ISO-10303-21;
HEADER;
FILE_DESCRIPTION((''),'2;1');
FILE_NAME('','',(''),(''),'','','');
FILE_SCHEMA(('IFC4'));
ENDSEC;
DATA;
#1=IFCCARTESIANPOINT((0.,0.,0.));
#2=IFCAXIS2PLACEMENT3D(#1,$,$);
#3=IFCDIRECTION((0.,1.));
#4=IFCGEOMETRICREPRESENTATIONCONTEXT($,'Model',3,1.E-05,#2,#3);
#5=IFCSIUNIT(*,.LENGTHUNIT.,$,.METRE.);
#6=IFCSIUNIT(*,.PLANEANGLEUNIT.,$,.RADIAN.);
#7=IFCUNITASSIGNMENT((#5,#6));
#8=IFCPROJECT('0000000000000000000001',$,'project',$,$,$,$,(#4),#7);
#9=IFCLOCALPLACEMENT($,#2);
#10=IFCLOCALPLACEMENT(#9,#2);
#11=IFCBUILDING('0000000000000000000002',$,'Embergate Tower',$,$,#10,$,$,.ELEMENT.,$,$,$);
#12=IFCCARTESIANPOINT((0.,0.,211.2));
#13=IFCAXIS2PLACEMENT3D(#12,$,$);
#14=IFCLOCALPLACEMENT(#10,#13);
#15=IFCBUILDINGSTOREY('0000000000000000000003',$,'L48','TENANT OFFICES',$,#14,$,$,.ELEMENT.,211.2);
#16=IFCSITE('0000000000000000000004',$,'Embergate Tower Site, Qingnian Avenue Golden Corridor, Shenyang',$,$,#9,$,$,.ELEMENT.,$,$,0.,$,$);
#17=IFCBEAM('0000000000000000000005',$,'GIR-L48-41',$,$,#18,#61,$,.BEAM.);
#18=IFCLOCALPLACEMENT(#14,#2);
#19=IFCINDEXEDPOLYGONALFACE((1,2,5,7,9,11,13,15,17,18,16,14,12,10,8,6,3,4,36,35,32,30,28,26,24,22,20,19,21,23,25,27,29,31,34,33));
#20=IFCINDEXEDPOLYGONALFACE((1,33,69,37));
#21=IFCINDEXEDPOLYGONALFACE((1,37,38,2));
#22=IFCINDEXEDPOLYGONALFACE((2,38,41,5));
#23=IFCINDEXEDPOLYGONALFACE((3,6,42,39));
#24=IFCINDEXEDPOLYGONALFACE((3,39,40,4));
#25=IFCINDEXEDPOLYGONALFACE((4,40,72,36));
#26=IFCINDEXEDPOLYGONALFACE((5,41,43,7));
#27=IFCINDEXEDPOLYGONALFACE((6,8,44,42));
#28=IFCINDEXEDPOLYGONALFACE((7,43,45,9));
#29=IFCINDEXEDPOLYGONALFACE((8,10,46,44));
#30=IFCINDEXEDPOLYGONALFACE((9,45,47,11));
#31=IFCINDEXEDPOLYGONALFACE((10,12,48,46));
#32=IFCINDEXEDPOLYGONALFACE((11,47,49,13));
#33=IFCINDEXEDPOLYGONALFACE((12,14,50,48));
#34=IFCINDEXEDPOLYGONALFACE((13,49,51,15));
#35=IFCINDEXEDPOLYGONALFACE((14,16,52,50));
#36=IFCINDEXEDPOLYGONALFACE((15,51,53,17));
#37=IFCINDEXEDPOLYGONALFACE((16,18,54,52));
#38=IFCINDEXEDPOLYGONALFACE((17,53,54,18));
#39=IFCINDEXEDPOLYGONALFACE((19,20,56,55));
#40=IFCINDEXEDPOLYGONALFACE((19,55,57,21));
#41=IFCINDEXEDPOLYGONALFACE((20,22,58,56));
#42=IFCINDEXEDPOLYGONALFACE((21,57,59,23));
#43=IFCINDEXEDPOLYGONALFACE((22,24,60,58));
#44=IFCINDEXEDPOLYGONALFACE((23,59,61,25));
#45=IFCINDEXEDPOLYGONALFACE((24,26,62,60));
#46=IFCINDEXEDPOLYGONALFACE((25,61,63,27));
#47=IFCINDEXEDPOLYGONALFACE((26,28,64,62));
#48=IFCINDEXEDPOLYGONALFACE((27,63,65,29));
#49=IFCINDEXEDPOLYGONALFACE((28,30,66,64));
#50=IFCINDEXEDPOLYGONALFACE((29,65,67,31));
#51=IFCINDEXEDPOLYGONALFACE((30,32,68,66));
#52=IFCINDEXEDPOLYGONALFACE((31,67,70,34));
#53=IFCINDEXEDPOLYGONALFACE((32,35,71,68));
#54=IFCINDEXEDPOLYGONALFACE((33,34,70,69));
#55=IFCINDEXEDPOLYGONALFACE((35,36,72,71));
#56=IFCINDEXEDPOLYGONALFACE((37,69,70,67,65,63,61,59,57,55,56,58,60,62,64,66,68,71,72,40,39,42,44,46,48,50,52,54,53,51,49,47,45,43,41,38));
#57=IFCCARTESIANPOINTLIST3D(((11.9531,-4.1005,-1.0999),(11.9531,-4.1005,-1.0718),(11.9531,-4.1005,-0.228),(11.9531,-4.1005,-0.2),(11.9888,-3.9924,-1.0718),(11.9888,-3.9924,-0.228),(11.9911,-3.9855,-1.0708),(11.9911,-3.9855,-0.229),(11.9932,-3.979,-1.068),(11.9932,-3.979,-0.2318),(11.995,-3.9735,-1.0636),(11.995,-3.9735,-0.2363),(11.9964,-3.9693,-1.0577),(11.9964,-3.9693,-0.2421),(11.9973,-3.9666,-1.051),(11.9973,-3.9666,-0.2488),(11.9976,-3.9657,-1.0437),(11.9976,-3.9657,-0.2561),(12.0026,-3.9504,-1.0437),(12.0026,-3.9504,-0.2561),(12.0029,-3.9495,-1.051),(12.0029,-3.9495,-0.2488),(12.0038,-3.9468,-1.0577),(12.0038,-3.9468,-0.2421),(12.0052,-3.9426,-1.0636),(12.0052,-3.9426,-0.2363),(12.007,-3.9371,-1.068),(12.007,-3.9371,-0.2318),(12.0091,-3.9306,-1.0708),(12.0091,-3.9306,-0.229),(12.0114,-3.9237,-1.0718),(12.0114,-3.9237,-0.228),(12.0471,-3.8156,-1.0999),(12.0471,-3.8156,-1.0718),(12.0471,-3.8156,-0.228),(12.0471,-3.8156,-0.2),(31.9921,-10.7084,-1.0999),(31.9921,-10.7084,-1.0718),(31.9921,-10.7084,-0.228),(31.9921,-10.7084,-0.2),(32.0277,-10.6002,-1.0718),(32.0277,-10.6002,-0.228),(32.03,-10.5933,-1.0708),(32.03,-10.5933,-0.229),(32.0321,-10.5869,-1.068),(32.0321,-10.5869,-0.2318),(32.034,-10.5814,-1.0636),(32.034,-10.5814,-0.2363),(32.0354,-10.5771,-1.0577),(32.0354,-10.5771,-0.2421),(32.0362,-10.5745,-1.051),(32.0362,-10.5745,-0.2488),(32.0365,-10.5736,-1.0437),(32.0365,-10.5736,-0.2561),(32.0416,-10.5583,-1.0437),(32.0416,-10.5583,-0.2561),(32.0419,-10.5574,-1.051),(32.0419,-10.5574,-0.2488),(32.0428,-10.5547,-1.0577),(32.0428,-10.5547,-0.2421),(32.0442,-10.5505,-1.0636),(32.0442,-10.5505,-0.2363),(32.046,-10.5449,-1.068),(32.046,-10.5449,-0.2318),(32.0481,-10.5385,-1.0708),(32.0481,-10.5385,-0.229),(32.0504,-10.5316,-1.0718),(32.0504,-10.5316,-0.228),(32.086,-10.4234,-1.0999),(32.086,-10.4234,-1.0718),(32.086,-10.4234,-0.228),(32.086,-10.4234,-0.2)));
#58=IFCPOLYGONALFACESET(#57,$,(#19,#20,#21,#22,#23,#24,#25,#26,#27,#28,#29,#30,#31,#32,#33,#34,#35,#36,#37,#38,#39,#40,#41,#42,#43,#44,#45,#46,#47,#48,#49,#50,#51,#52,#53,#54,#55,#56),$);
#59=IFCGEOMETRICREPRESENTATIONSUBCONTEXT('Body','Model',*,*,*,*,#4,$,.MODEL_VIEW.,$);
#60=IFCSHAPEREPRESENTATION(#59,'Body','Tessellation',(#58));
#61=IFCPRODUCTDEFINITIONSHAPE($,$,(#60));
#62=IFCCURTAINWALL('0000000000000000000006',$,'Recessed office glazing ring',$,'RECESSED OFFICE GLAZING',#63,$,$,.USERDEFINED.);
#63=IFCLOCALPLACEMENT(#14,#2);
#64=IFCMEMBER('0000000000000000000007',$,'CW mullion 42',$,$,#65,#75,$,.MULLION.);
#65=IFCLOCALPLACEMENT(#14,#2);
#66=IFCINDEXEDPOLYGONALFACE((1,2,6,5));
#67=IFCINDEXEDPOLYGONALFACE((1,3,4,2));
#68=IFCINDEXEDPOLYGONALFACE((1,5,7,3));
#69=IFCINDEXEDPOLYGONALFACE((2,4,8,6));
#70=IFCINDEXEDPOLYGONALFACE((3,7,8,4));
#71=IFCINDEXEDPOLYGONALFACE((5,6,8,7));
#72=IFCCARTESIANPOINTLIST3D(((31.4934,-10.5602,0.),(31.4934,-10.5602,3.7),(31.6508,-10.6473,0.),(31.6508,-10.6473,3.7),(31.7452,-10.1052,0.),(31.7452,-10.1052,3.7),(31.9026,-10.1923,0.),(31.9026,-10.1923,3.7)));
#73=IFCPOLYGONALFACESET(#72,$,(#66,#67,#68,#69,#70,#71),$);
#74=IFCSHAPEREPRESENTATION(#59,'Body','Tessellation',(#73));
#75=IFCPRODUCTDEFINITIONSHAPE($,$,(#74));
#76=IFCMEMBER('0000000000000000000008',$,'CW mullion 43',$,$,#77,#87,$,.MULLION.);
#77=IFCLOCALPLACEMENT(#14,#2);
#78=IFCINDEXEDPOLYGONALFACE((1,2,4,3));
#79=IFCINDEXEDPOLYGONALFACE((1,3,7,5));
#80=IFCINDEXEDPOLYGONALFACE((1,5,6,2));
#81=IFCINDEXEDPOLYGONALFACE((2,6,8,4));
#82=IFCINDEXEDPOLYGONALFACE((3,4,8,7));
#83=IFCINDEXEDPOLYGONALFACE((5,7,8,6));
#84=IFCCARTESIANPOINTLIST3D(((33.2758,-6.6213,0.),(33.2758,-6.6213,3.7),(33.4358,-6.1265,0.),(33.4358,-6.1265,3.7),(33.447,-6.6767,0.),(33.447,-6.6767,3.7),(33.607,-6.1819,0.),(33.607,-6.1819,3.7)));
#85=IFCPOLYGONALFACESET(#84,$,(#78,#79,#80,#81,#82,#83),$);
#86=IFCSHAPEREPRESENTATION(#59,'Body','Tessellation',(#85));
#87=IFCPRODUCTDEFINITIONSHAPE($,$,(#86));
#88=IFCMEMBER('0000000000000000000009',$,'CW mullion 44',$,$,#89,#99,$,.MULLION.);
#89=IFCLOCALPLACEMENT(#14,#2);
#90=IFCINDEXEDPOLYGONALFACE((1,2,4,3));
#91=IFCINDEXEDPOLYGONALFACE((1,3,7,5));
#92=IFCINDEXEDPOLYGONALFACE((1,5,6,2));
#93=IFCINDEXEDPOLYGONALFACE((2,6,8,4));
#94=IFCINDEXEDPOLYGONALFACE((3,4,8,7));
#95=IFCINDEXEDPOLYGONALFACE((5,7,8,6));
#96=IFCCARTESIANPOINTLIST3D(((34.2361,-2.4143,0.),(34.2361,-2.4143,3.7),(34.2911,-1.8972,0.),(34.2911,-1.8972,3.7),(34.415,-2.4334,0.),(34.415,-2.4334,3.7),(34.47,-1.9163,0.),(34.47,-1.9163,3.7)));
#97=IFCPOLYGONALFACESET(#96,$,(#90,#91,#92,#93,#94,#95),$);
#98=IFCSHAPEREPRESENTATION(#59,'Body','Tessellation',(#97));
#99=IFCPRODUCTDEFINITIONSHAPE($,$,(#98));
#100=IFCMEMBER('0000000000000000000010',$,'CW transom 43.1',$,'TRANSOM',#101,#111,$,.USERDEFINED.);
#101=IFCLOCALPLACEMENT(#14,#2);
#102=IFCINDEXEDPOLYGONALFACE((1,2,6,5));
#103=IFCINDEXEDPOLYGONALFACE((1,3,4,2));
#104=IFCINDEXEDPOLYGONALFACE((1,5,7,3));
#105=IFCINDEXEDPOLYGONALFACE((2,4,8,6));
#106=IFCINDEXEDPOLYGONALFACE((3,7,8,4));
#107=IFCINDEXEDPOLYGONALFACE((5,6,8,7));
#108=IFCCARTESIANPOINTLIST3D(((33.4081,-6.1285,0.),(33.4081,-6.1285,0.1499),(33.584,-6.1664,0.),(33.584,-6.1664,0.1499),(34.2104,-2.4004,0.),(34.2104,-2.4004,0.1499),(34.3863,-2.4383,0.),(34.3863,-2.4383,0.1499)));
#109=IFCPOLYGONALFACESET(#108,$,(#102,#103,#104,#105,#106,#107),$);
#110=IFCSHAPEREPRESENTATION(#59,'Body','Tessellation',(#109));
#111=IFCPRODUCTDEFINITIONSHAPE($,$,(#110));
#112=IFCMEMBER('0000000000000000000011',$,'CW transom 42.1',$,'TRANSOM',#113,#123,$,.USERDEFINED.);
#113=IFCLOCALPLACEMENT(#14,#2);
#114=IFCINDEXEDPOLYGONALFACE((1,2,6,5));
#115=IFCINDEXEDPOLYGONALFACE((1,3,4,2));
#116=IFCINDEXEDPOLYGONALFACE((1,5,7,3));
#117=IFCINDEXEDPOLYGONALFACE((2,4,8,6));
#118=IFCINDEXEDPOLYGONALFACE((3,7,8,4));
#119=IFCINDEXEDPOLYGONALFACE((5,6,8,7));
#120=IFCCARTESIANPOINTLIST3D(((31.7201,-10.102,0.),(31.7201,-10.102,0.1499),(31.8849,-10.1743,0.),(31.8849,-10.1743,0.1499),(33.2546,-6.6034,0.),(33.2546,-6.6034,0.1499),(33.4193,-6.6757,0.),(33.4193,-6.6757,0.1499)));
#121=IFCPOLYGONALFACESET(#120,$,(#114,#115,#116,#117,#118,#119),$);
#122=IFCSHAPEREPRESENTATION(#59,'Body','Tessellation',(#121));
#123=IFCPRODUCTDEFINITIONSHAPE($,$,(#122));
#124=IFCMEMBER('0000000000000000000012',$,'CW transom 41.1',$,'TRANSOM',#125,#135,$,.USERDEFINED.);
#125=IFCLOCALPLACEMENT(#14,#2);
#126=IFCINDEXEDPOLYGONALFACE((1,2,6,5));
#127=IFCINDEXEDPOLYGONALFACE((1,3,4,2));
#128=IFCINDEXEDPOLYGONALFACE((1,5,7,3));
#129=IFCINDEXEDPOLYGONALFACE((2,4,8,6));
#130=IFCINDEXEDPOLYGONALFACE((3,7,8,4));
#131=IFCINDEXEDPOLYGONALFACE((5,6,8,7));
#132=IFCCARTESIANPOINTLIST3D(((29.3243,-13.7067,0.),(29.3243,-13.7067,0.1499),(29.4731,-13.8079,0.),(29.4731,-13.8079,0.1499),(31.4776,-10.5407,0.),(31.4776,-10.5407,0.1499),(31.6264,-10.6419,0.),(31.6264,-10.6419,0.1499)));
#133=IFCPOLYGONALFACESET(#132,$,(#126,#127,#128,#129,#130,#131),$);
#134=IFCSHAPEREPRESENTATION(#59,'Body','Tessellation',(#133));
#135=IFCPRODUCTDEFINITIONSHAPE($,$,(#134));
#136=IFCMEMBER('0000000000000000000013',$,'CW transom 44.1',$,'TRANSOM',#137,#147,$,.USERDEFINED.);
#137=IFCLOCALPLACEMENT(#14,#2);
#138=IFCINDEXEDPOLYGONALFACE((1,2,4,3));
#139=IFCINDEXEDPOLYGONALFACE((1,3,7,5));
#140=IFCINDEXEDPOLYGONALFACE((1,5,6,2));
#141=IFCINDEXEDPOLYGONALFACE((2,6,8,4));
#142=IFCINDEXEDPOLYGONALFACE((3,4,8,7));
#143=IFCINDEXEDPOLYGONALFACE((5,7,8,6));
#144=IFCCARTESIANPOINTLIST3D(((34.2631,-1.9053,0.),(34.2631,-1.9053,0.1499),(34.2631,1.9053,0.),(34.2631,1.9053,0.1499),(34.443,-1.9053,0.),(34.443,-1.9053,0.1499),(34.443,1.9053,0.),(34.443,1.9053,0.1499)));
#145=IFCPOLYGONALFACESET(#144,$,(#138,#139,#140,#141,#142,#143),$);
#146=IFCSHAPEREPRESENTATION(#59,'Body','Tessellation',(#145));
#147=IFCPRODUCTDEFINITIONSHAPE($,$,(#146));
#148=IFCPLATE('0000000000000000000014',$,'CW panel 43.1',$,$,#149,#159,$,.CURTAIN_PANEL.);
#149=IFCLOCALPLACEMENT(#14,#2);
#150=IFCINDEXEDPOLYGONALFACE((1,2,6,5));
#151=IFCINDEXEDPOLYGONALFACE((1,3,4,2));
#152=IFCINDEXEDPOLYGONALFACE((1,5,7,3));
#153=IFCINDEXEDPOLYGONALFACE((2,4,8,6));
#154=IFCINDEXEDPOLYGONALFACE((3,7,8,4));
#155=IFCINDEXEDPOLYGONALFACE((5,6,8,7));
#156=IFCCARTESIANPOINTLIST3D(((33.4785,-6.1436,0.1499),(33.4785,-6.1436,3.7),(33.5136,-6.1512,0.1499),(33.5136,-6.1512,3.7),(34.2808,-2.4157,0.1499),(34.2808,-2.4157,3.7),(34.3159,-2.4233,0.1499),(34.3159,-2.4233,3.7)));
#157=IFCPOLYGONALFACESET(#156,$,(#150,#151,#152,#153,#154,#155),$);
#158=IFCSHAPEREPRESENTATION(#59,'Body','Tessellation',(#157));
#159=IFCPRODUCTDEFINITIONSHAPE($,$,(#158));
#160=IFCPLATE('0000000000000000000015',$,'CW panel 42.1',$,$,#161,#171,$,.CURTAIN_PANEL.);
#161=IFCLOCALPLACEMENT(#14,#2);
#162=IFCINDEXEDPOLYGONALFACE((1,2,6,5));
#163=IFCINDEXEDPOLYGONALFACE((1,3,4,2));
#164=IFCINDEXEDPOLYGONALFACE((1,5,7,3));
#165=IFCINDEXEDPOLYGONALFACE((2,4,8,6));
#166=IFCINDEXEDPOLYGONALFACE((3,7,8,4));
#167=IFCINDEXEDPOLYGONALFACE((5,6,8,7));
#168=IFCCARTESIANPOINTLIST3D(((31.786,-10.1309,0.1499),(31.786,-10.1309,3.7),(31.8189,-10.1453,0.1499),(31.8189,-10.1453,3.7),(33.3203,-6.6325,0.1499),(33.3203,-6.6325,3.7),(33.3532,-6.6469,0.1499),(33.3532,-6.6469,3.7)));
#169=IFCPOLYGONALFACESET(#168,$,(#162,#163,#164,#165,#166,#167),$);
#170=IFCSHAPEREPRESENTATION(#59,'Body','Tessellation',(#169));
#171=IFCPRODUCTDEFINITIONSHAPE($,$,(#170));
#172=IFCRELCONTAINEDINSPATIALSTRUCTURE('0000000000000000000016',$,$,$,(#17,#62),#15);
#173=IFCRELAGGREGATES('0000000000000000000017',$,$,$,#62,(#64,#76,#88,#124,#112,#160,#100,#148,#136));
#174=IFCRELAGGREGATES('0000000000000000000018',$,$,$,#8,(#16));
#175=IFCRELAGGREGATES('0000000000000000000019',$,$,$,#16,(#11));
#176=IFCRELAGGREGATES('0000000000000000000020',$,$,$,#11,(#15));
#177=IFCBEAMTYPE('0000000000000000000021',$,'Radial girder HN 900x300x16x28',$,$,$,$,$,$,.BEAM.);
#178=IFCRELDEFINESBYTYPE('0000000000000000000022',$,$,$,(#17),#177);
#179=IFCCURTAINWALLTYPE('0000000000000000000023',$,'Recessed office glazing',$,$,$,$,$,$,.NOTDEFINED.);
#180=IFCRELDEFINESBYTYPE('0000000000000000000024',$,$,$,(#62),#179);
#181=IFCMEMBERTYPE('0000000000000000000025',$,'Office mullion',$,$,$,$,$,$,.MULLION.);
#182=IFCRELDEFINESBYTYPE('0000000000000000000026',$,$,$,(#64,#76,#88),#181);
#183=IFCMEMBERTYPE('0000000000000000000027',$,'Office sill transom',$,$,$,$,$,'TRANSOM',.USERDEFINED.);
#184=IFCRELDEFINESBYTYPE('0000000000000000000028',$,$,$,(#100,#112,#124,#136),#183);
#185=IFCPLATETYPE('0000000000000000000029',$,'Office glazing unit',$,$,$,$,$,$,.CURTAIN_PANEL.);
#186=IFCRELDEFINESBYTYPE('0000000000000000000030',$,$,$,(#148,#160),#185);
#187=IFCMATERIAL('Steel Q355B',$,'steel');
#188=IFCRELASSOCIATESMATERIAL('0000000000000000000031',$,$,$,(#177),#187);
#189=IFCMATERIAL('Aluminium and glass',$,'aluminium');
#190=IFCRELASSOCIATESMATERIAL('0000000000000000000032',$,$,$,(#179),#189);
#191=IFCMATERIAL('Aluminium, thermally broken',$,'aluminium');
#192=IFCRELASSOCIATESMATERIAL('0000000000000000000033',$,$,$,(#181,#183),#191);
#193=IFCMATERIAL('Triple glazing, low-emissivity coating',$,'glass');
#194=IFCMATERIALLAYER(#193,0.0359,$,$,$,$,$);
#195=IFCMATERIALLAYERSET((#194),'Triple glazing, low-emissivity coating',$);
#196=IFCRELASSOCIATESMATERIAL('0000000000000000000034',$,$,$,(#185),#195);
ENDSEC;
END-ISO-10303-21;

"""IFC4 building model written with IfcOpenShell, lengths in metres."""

from ifc_helpers import new_model, si_unit, direction, frame, origin, origin_2d, place, context, subcontext, project, spatial, rectangle, i_section, extrude, source, transform, mapped, material, layer, layer_set, material_profile, profile_set, type_object, element, aggregate, save


model = new_model("IFC4")

# Units and contexts
model_context = context("Model", 3, precision=1e-05, world=origin(), true_north=direction((0.0, 1.0)))
body_context = subcontext(model_context, "Body", "Model", "MODEL_VIEW")
ifc_project = project(units=[si_unit("LENGTHUNIT", "METRE"), si_unit("PLANEANGLEUNIT", "RADIAN")], contexts=[model_context])

# Site, building, storey
site_placement = place(None, origin())
site = spatial("IfcSite", under=ifc_project, at=site_placement, Name="Embergate Tower Site, Qingnian Avenue Golden Corridor, Shenyang", CompositionType="ELEMENT", RefElevation=0.0)
building_placement = place(site_placement, origin())
building = spatial("IfcBuilding", under=site, at=building_placement, Name="Embergate Tower", CompositionType="ELEMENT")
storey_placement = place(building_placement, frame((0.0, 0.0, 211.2)))
storey = spatial("IfcBuildingStorey", under=building, at=storey_placement, Name="L48", Description="TENANT OFFICES", CompositionType="ELEMENT", Elevation=211.2)

# Beam
ifc_material_1 = material(Name="Steel Q355B", Category="steel")
ifc_material_profile_1 = material_profile(ifc_material_1, i_section(OverallWidth=0.3, OverallDepth=0.8999, WebThickness=0.0161, FlangeThickness=0.0281, FilletRadius=0.0281, at=origin_2d()), Name="HN 900x300x16x28")
ifc_profile_set_1 = profile_set([ifc_material_profile_1], Name="Steel Q355 grade B")
beam_type_1 = type_object("IfcBeamType", Name="Radial girder HN 900x300x16x28", PredefinedType="BEAM", material=ifc_profile_set_1)
shared_shape_1 = source(origin(), body_context, "Body", "SweptSolid", [
    extrude(i_section(OverallWidth=0.3, OverallDepth=0.8999, WebThickness=0.0161, FlangeThickness=0.0281, FilletRadius=0.0281, at=origin_2d()), origin(), (0.0, 0.0, 1.0), 21.1003),
])
beam_1_placement = place(storey_placement, frame((32.0391, -10.5659, -0.6499), z_axis=(-0.949699, 0.313165, 0.0), x_axis=(-0.313165, -0.949699, 0.0)))
element("IfcBeam", 1, at=beam_1_placement, inside=storey, type_object=beam_type_1, Name="GIR-L48-41", PredefinedType="BEAM", context=body_context, shape_type="MappedRepresentation", body=[
    mapped(shared_shape_1, transform((0.0, 0.0, 0.0))),
])

# Curtain wall, members, plates
ifc_material_2 = material(Name="Aluminium and glass", Category="aluminium")
curtain_wall_type = type_object("IfcCurtainWallType", Name="Recessed office glazing", PredefinedType="NOTDEFINED", material=ifc_material_2)
curtain_wall_placement = place(storey_placement, origin())
curtain_wall = element("IfcCurtainWall", 2, at=curtain_wall_placement, inside=storey, type_object=curtain_wall_type, Name="Recessed office glazing ring", ObjectType="RECESSED OFFICE GLAZING", PredefinedType="USERDEFINED")
ifc_material_3 = material(Name="Aluminium, thermally broken", Category="aluminium")
ifc_material_profile_2 = material_profile(ifc_material_3, rectangle(XDim=0.1799, YDim=0.52, at=origin_2d()), Name="AL 520x180")
ifc_profile_set_2 = profile_set([ifc_material_profile_2], Name="Aluminium, thermally broken")
member_type_1 = type_object("IfcMemberType", Name="Office mullion", PredefinedType="MULLION", material=ifc_profile_set_2)
shared_shape_2 = source(origin(), body_context, "Body", "SweptSolid", [
    extrude(rectangle(XDim=0.1799, YDim=0.52, at=origin_2d()), origin(), (0.0, 0.0, 1.0), 3.7),
])
member_1_placement = place(storey_placement, frame((31.698, -10.3762, 0.0), z_axis=(0.0, 0.0, 1.0), x_axis=(-0.875003, 0.484118, 0.0)))
member_1 = element("IfcMember", 3, at=member_1_placement, type_object=member_type_1, Name="CW mullion 42", PredefinedType="MULLION", context=body_context, shape_type="MappedRepresentation", body=[
    mapped(shared_shape_2, transform((0.0, 0.0, 0.0))),
])
member_2_placement = place(storey_placement, frame((33.4414, -6.4016, 0.0), z_axis=(0.0, 0.0, 1.0), x_axis=(-0.951498, 0.307656, 0.0)))
member_2 = element("IfcMember", 4, at=member_2_placement, type_object=member_type_1, Name="CW mullion 43", PredefinedType="MULLION", context=body_context, shape_type="MappedRepresentation", body=[
    mapped(shared_shape_2, transform((0.0, 0.0, 0.0))),
])
member_3_placement = place(storey_placement, frame((34.353, -2.1653, 0.0), z_axis=(0.0, 0.0, 1.0), x_axis=(-0.994385, 0.105823, 0.0)))
member_3 = element("IfcMember", 5, at=member_3_placement, type_object=member_type_1, Name="CW mullion 44", PredefinedType="MULLION", context=body_context, shape_type="MappedRepresentation", body=[
    mapped(shared_shape_2, transform((0.0, 0.0, 0.0))),
])
ifc_material_profile_3 = material_profile(ifc_material_3, rectangle(XDim=0.1799, YDim=0.1499, at=origin_2d()), Name="AL 150x180")
ifc_profile_set_3 = profile_set([ifc_material_profile_3], Name="Aluminium, thermally broken")
member_type_2 = type_object("IfcMemberType", Name="Office sill transom", ElementType="TRANSOM", PredefinedType="USERDEFINED", material=ifc_profile_set_3)
shared_shape_3 = source(origin(), body_context, "Body", "SweptSolid", [
    extrude(rectangle(XDim=0.1799, YDim=0.1499, at=origin_2d()), origin(), (0.0, 0.0, 1.0), 3.8135),
])
member_4_placement = place(storey_placement, frame((33.4961, -6.1475, 0.075), z_axis=(0.210377, 0.97762, 0.0), x_axis=(-0.97762, 0.210377, 0.0)))
member_4 = element("IfcMember", 6, at=member_4_placement, type_object=member_type_2, Name="CW transom 43.1", ObjectType="TRANSOM", PredefinedType="USERDEFINED", context=body_context, shape_type="MappedRepresentation", body=[
    mapped(shared_shape_3, transform((0.0, 0.0, 0.0))),
])
shared_shape_4 = source(origin(), body_context, "Body", "SweptSolid", [
    extrude(rectangle(XDim=0.1799, YDim=0.1499, at=origin_2d()), origin(), (0.0, 0.0, 1.0), 3.8203),
])
member_5_placement = place(storey_placement, frame((31.8025, -10.1382, 0.075), z_axis=(0.401657, 0.91579, 0.0), x_axis=(-0.91579, 0.401657, 0.0)))
member_5 = element("IfcMember", 7, at=member_5_placement, type_object=member_type_2, Name="CW transom 42.1", ObjectType="TRANSOM", PredefinedType="USERDEFINED", context=body_context, shape_type="MappedRepresentation", body=[
    mapped(shared_shape_4, transform((0.0, 0.0, 0.0))),
])
shared_shape_5 = source(origin(), body_context, "Body", "SweptSolid", [
    extrude(rectangle(XDim=0.1799, YDim=0.1499, at=origin_2d()), origin(), (0.0, 0.0, 1.0), 3.8289),
])
member_6_placement = place(storey_placement, frame((29.3987, -13.7573, 0.075), z_axis=(0.562387, 0.826874, 0.0), x_axis=(-0.826874, 0.562387, 0.0)))
member_6 = element("IfcMember", 8, at=member_6_placement, type_object=member_type_2, Name="CW transom 41.1", ObjectType="TRANSOM", PredefinedType="USERDEFINED", context=body_context, shape_type="MappedRepresentation", body=[
    mapped(shared_shape_5, transform((0.0, 0.0, 0.0))),
])
shared_shape_6 = source(origin(), body_context, "Body", "SweptSolid", [
    extrude(rectangle(XDim=0.1799, YDim=0.1499, at=origin_2d()), origin(), (0.0, 0.0, 1.0), 3.8105),
])
member_7_placement = place(storey_placement, frame((34.353, -1.9053, 0.075), z_axis=(0.0, 1.0, 0.0), x_axis=(-1.0, 0.0, 0.0)))
member_7 = element("IfcMember", 9, at=member_7_placement, type_object=member_type_2, Name="CW transom 44.1", ObjectType="TRANSOM", PredefinedType="USERDEFINED", context=body_context, shape_type="MappedRepresentation", body=[
    mapped(shared_shape_6, transform((0.0, 0.0, 0.0))),
])
ifc_material_4 = material(Name="Triple glazing, low-emissivity coating", Category="glass")
ifc_layer_1 = layer(ifc_material_4, 0.0359)
ifc_layer_set_1 = layer_set([ifc_layer_1], Name="Triple glazing, low-emissivity coating")
plate_type = type_object("IfcPlateType", Name="Office glazing unit", PredefinedType="CURTAIN_PANEL", material=ifc_layer_set_1)
shared_shape_7 = source(origin(), body_context, "Body", "SweptSolid", [
    extrude(rectangle(XDim=3.8132, YDim=0.0359, at=origin_2d()), origin(), (0.0, 0.0, 1.0), 3.55),
])
plate_1_placement = place(storey_placement, frame((33.8972, -4.2834, 0.1499), z_axis=(0.0, 0.0, 1.0), x_axis=(0.210395, 0.977616, 0.0)))
plate_1 = element("IfcPlate", 10, at=plate_1_placement, type_object=plate_type, Name="CW panel 43.1", PredefinedType="CURTAIN_PANEL", context=body_context, shape_type="MappedRepresentation", body=[
    mapped(shared_shape_7, transform((0.0, 0.0, 0.0))),
])
shared_shape_8 = source(origin(), body_context, "Body", "SweptSolid", [
    extrude(rectangle(XDim=3.8201, YDim=0.0359, at=origin_2d()), origin(), (0.0, 0.0, 1.0), 3.55),
])
plate_2_placement = place(storey_placement, frame((32.5696, -8.3889, 0.1499), z_axis=(0.0, 0.0, 1.0), x_axis=(0.401649, 0.915794, 0.0)))
plate_2 = element("IfcPlate", 11, at=plate_2_placement, type_object=plate_type, Name="CW panel 42.1", PredefinedType="CURTAIN_PANEL", context=body_context, shape_type="MappedRepresentation", body=[
    mapped(shared_shape_8, transform((0.0, 0.0, 0.0))),
])
aggregate(curtain_wall, [member_1, member_2, member_3, member_6, member_5, plate_2, member_4, plate_1, member_7])

save(model, "model.ifc")
